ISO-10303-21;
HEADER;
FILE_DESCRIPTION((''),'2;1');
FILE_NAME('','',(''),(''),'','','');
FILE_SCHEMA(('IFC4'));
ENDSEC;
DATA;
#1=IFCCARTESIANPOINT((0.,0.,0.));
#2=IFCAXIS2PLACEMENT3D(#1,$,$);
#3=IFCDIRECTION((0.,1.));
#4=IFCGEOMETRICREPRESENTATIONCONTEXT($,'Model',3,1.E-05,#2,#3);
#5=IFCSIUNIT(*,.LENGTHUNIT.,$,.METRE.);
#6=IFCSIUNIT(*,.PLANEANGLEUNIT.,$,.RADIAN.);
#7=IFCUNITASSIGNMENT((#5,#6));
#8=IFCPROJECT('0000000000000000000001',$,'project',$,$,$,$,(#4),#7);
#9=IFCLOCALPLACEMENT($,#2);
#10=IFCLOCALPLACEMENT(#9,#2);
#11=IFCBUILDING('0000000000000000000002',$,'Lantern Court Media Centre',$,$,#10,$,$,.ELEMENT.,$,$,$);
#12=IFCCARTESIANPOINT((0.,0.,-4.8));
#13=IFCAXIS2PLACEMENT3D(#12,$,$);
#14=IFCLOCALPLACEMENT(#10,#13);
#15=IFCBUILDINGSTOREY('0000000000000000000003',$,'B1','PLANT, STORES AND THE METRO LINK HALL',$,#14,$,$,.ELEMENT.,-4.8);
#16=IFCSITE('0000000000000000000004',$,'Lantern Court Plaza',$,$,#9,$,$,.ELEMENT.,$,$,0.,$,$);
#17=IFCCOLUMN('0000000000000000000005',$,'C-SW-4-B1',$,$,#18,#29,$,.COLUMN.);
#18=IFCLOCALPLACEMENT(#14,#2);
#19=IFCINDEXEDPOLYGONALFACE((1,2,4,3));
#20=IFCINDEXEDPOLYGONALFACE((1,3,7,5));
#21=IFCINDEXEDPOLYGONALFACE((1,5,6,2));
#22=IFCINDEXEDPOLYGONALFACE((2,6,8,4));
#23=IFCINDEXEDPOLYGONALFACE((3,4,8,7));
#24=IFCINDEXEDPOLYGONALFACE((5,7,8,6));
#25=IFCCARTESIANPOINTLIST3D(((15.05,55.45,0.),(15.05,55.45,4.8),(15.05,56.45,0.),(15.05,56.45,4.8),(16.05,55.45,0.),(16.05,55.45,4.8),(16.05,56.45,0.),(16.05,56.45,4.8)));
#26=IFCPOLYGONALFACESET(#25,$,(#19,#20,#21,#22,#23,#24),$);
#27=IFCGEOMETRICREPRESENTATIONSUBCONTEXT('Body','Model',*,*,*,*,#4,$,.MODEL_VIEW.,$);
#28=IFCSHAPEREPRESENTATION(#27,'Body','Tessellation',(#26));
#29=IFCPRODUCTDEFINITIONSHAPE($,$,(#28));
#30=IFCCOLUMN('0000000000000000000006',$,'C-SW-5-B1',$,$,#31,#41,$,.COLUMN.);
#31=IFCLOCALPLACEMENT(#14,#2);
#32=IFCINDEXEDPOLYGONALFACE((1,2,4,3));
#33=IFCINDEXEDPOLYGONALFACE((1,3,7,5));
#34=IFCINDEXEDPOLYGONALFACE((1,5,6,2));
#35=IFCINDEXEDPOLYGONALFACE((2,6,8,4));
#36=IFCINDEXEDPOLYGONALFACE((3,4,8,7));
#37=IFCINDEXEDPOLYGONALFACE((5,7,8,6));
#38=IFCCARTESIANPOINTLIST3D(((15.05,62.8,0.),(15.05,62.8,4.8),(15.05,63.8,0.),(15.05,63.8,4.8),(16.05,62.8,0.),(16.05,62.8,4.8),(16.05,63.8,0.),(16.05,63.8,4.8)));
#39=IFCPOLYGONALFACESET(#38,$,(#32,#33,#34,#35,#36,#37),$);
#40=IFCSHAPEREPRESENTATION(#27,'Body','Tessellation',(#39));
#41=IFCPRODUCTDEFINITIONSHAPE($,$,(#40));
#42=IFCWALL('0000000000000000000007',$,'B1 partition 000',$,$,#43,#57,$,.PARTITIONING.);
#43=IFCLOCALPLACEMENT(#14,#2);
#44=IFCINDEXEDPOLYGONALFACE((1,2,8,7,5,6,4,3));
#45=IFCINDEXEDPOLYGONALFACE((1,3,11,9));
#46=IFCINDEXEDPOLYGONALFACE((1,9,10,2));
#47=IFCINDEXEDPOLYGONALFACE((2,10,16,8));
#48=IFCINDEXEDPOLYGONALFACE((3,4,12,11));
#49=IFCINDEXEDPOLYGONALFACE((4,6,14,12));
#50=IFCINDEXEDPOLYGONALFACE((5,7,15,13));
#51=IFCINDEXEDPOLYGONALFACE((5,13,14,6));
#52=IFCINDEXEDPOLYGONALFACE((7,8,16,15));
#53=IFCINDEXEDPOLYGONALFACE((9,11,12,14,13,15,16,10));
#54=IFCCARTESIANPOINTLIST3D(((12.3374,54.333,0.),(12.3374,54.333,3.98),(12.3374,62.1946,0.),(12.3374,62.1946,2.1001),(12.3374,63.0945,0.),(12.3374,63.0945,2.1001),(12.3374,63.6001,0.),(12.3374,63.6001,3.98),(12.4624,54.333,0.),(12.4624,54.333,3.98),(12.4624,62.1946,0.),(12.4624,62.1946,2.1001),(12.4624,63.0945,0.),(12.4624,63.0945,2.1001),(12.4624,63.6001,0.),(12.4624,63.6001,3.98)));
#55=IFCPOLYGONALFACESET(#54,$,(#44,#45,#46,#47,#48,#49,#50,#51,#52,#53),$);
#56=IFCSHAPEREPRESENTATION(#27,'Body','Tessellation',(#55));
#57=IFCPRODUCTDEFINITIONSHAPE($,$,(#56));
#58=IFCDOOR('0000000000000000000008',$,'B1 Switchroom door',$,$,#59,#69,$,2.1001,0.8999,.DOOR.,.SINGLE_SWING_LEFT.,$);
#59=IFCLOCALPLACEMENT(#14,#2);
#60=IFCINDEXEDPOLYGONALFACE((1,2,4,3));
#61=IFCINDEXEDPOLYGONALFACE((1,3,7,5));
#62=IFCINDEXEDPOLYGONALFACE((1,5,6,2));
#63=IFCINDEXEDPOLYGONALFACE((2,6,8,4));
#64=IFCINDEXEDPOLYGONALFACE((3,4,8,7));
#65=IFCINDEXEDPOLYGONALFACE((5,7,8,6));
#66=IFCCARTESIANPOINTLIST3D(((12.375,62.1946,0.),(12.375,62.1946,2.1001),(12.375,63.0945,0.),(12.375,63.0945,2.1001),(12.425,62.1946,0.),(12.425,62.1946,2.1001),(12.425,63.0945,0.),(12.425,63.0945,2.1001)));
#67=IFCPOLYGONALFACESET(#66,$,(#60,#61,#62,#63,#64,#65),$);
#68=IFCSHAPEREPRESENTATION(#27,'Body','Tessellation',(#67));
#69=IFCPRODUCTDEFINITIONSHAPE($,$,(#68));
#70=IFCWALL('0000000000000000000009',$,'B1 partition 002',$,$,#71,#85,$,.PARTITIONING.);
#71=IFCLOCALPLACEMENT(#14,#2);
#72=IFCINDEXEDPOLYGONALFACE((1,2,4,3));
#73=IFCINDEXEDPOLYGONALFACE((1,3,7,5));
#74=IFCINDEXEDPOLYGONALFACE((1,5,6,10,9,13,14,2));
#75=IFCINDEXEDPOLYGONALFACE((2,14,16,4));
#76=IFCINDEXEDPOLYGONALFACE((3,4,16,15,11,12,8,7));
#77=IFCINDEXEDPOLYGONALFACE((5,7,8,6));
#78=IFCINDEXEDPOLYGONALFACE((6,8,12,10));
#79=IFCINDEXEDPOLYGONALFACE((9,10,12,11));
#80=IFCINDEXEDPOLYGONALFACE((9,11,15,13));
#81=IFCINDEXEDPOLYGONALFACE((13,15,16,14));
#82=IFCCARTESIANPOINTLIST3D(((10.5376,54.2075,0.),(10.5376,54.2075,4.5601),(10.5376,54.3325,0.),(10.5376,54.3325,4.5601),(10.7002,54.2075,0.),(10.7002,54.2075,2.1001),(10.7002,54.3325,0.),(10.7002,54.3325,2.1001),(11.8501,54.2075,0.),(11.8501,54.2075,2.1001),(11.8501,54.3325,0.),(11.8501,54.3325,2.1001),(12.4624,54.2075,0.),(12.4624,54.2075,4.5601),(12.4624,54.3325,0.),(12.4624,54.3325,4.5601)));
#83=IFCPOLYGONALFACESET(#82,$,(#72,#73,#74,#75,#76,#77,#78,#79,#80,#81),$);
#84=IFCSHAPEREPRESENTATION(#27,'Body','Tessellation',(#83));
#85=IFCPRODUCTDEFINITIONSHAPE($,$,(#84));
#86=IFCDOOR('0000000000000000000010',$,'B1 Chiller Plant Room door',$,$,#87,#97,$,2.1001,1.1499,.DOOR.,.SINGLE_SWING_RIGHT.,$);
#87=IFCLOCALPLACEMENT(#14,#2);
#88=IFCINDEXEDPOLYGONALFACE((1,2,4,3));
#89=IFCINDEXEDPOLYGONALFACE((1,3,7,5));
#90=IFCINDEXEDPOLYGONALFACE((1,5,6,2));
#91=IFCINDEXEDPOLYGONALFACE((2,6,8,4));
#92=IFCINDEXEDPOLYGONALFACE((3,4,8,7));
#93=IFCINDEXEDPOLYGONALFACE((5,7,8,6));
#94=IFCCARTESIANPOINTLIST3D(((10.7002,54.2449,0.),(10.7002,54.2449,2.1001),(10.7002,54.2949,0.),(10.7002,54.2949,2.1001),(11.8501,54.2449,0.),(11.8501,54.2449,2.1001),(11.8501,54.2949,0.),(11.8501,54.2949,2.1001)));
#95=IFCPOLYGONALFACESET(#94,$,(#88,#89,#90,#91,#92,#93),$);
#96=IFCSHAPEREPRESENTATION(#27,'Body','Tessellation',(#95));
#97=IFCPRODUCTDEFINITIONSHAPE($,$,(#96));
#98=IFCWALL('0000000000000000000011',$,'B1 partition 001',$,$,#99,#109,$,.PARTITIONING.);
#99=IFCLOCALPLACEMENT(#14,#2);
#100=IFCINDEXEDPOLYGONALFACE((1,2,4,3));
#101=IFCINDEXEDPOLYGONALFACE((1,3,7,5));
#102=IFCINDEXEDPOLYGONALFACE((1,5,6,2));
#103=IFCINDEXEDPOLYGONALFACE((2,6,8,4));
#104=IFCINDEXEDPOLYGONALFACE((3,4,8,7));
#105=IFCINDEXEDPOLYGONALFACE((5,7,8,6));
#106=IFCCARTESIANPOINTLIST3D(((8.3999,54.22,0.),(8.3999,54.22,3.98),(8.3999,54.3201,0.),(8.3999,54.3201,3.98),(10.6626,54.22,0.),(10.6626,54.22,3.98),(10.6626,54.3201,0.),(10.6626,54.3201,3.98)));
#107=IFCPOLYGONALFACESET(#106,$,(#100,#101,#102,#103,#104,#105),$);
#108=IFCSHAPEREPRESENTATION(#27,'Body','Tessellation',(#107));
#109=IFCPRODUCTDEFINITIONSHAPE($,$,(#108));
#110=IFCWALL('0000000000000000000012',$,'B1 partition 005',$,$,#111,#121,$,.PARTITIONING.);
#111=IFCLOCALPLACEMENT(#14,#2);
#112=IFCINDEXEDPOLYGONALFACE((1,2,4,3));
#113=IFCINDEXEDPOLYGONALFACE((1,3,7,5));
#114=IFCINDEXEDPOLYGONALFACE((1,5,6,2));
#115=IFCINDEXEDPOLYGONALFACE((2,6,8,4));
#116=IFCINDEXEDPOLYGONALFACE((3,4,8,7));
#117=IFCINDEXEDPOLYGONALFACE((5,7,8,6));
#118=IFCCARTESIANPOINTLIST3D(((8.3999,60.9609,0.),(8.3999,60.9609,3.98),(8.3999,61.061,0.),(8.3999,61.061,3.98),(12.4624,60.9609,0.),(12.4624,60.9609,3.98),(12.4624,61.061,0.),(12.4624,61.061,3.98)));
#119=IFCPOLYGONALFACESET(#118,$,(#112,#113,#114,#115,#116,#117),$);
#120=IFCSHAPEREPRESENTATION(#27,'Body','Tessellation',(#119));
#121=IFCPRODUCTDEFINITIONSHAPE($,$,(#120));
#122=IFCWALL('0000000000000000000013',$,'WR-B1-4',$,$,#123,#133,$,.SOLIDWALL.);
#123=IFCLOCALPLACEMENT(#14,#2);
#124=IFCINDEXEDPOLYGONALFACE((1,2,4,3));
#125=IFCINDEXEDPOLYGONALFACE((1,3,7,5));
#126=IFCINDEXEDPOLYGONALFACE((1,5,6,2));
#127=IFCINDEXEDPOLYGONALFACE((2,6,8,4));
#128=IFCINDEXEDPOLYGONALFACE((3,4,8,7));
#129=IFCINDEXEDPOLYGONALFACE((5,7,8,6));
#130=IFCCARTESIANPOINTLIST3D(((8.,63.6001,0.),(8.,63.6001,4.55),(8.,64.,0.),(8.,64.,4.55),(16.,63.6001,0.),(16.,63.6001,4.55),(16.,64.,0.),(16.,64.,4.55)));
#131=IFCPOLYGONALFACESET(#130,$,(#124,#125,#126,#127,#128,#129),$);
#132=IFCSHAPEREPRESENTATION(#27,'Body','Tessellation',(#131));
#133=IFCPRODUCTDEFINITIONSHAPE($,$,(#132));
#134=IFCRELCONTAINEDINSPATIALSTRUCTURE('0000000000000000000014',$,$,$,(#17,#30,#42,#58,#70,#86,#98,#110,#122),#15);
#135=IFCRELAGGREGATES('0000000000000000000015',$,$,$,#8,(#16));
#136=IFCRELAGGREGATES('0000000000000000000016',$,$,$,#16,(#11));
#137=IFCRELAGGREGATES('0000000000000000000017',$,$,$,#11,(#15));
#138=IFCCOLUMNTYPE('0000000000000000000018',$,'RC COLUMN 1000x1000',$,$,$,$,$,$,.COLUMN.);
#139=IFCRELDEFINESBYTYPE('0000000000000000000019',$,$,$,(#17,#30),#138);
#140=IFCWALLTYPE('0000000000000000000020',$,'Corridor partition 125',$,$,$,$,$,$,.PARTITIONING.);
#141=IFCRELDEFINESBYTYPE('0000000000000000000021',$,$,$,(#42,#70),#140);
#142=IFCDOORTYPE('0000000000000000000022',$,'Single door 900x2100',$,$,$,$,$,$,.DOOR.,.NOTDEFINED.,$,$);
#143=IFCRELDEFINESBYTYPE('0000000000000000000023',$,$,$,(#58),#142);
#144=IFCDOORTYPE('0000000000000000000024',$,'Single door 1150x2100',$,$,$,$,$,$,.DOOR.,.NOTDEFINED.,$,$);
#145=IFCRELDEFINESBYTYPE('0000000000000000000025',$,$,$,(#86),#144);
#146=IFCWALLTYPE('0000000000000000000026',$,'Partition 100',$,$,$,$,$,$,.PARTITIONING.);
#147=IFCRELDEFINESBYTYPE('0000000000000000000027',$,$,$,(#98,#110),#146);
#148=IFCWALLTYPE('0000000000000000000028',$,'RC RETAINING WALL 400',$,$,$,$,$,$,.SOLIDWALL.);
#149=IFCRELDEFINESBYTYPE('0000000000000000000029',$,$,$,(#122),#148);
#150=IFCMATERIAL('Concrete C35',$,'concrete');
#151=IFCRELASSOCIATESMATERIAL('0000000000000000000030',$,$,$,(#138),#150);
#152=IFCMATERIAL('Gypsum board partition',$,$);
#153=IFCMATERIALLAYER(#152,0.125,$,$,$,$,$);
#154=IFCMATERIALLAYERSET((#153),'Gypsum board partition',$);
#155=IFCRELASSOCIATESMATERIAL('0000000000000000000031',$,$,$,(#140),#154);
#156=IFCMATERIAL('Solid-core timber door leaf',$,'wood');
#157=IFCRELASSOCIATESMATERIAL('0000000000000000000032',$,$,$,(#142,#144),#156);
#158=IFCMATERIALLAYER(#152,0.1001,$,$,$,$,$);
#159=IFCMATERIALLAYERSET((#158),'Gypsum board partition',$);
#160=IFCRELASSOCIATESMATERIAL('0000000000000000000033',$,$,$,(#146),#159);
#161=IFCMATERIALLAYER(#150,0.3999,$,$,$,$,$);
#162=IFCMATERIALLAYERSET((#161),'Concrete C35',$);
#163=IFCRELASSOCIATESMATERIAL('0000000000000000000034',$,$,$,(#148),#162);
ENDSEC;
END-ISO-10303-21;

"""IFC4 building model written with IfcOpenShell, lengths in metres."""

from ifc_helpers import new_model, si_unit, direction, frame, frame_2d, origin, origin_2d, place, context, subcontext, project, spatial, rectangle, extrude, material, layer, layer_set, material_profile, profile_set, type_object, element, fill, save


model = new_model("IFC4")

# Units and contexts
model_context = context("Model", 3, precision=1e-05, world=origin(), true_north=direction((0.0, 1.0)))
body_context = subcontext(model_context, "Body", "Model", "MODEL_VIEW")
ifc_project = project(units=[si_unit("LENGTHUNIT", "METRE"), si_unit("PLANEANGLEUNIT", "RADIAN")], contexts=[model_context])

# Site, building, storey
site_placement = place(None, origin())
site = spatial("IfcSite", under=ifc_project, at=site_placement, Name="Lantern Court Plaza", CompositionType="ELEMENT", RefElevation=0.0)
building_placement = place(site_placement, origin())
building = spatial("IfcBuilding", under=site, at=building_placement, Name="Lantern Court Media Centre", CompositionType="ELEMENT")
storey_placement = place(building_placement, frame((0.0, 0.0, -4.8)))
storey = spatial("IfcBuildingStorey", under=building, at=storey_placement, Name="B1", Description="PLANT, STORES AND THE METRO LINK HALL", CompositionType="ELEMENT", Elevation=-4.8)

# Columns
ifc_material_1 = material(Name="Concrete C35", Category="concrete")
ifc_material_profile_1 = material_profile(ifc_material_1, rectangle(XDim=1.0, YDim=1.0, at=origin_2d()), Name="RC 1000x1000")
ifc_profile_set_1 = profile_set([ifc_material_profile_1], Name="Concrete C35")
column_type = type_object("IfcColumnType", Name="RC COLUMN 1000x1000", PredefinedType="COLUMN", material=ifc_profile_set_1)
for number, where, z_axis, x_axis, name in (
    (1, (15.55, 55.95, 0.0), (0.0, 0.0, 1.0), (1.0, 0.0, 0.0), "C-SW-4-B1"),
    (2, (15.55, 63.3, 0.0), (0.0, 0.0, 1.0), (1.0, 0.0, 0.0), "C-SW-5-B1"),
):
    element("IfcColumn", number, at=place(storey_placement, frame(where, z_axis=z_axis, x_axis=x_axis)), inside=storey, type_object=column_type, Name=name, PredefinedType="COLUMN", context=body_context, shape_type="SweptSolid", body=[
        extrude(rectangle(XDim=1.0, YDim=1.0, at=origin_2d()), origin(), (0.0, 0.0, 1.0), 4.8),
    ])

# Walls, openings, doors
ifc_material_2 = material(Name="Gypsum board partition")
ifc_layer_1 = layer(ifc_material_2, 0.125)
ifc_layer_set_1 = layer_set([ifc_layer_1], Name="Gypsum board partition")
wall_type_1 = type_object("IfcWallType", Name="Corridor partition 125", PredefinedType="PARTITIONING", material=ifc_layer_set_1)
wall_1_placement = place(storey_placement, frame((12.3999, 54.333, 0.0), z_axis=(0.0, 0.0, 1.0), x_axis=(0.0, 1.0, 0.0)))
wall_1 = element("IfcWall", 3, at=wall_1_placement, inside=storey, type_object=wall_type_1, Name="B1 partition 000", PredefinedType="PARTITIONING", context=body_context, shape_type="SweptSolid", body=[
    extrude(rectangle(XDim=9.2671, YDim=0.125, at=frame_2d((4.6335, 0.0))), origin(), (0.0, 0.0, 1.0), 3.98),
])
opening_1_placement = place(wall_1_placement, frame((7.8616, 0.0, 0.0)))
opening_1 = element("IfcOpeningElement", 4, at=opening_1_placement, cuts=wall_1, PredefinedType="OPENING", context=body_context, shape_type="SweptSolid", body=[
    extrude(rectangle(XDim=0.8999, YDim=2.1001, at=frame_2d((0.45, 1.05))), frame((0.0, 0.0725, 0.0), z_axis=(0.0, -1.0, 0.0), x_axis=(1.0, 0.0, 0.0)), (0.0, 0.0, 1.0), 0.145),
])
ifc_material_3 = material(Name="Solid-core timber door leaf", Category="wood")
door_type_1 = type_object("IfcDoorType", Name="Single door 900x2100", OperationType="NOTDEFINED", PredefinedType="DOOR", material=ifc_material_3)
door_1_placement = place(opening_1_placement, origin())
door_1 = element("IfcDoor", 5, at=door_1_placement, inside=storey, type_object=door_type_1, Name="B1 Switchroom door", OperationType="SINGLE_SWING_LEFT", OverallHeight=2.1001, OverallWidth=0.8999, PredefinedType="DOOR", context=body_context, shape_type="SweptSolid", body=[
    extrude(rectangle(XDim=0.8999, YDim=2.1001, at=frame_2d((0.45, 1.05))), frame((0.0, 0.0249, 0.0), z_axis=(0.0, -1.0, 0.0), x_axis=(1.0, 0.0, 0.0)), (0.0, 0.0, 1.0), 0.05),
])
fill(opening_1, door_1)
wall_2_placement = place(storey_placement, frame((10.5376, 54.27, 0.0), z_axis=(0.0, 0.0, 1.0), x_axis=(1.0, 0.0, 0.0)))
wall_2 = element("IfcWall", 6, at=wall_2_placement, inside=storey, type_object=wall_type_1, Name="B1 partition 002", PredefinedType="PARTITIONING", context=body_context, shape_type="SweptSolid", body=[
    extrude(rectangle(XDim=1.9248, YDim=0.125, at=frame_2d((0.9624, 0.0))), origin(), (0.0, 0.0, 1.0), 4.5601),
])
opening_2_placement = place(wall_2_placement, frame((0.1626, 0.0, 0.0)))
opening_2 = element("IfcOpeningElement", 7, at=opening_2_placement, cuts=wall_2, PredefinedType="OPENING", context=body_context, shape_type="SweptSolid", body=[
    extrude(rectangle(XDim=1.1499, YDim=2.1001, at=frame_2d((0.575, 1.05))), frame((0.0, 0.0725, 0.0), z_axis=(0.0, -1.0, 0.0), x_axis=(1.0, 0.0, 0.0)), (0.0, 0.0, 1.0), 0.145),
])
door_type_2 = type_object("IfcDoorType", Name="Single door 1150x2100", OperationType="NOTDEFINED", PredefinedType="DOOR", material=ifc_material_3)
door_2_placement = place(opening_2_placement, origin())
door_2 = element("IfcDoor", 8, at=door_2_placement, inside=storey, type_object=door_type_2, Name="B1 Chiller Plant Room door", OperationType="SINGLE_SWING_RIGHT", OverallHeight=2.1001, OverallWidth=1.1499, PredefinedType="DOOR", context=body_context, shape_type="SweptSolid", body=[
    extrude(rectangle(XDim=1.1499, YDim=2.1001, at=frame_2d((0.575, 1.05))), frame((0.0, 0.0249, 0.0), z_axis=(0.0, -1.0, 0.0), x_axis=(1.0, 0.0, 0.0)), (0.0, 0.0, 1.0), 0.05),
])
fill(opening_2, door_2)

# Walls
ifc_layer_2 = layer(ifc_material_2, 0.1001)
ifc_layer_set_2 = layer_set([ifc_layer_2], Name="Gypsum board partition")
wall_type_2 = type_object("IfcWallType", Name="Partition 100", PredefinedType="PARTITIONING", material=ifc_layer_set_2)
wall_3_placement = place(storey_placement, frame((8.3999, 54.27, 0.0), z_axis=(0.0, 0.0, 1.0), x_axis=(1.0, 0.0, 0.0)))
element("IfcWall", 9, at=wall_3_placement, inside=storey, type_object=wall_type_2, Name="B1 partition 001", PredefinedType="PARTITIONING", context=body_context, shape_type="SweptSolid", body=[
    extrude(rectangle(XDim=2.2627, YDim=0.1001, at=frame_2d((1.1313, 0.0))), origin(), (0.0, 0.0, 1.0), 3.98),
])
wall_4_placement = place(storey_placement, frame((8.3999, 61.011, 0.0), z_axis=(0.0, 0.0, 1.0), x_axis=(1.0, 0.0, 0.0)))
element("IfcWall", 10, at=wall_4_placement, inside=storey, type_object=wall_type_2, Name="B1 partition 005", PredefinedType="PARTITIONING", context=body_context, shape_type="SweptSolid", body=[
    extrude(rectangle(XDim=4.0625, YDim=0.1001, at=frame_2d((2.0312, 0.0))), origin(), (0.0, 0.0, 1.0), 3.98),
])
ifc_layer_3 = layer(ifc_material_1, 0.3999)
ifc_layer_set_3 = layer_set([ifc_layer_3], Name="Concrete C35")
wall_type_3 = type_object("IfcWallType", Name="RC RETAINING WALL 400", PredefinedType="SOLIDWALL", material=ifc_layer_set_3)
wall_5_placement = place(storey_placement, frame((8.0, 63.8, 0.0), z_axis=(0.0, 0.0, 1.0), x_axis=(1.0, 0.0, 0.0)))
element("IfcWall", 11, at=wall_5_placement, inside=storey, type_object=wall_type_3, Name="WR-B1-4", PredefinedType="SOLIDWALL", context=body_context, shape_type="SweptSolid", body=[
    extrude(rectangle(XDim=8.0, YDim=0.3999, at=frame_2d((4.0, 0.0))), origin(), (0.0, 0.0, 1.0), 4.55),
])

save(model, "model.ifc")
